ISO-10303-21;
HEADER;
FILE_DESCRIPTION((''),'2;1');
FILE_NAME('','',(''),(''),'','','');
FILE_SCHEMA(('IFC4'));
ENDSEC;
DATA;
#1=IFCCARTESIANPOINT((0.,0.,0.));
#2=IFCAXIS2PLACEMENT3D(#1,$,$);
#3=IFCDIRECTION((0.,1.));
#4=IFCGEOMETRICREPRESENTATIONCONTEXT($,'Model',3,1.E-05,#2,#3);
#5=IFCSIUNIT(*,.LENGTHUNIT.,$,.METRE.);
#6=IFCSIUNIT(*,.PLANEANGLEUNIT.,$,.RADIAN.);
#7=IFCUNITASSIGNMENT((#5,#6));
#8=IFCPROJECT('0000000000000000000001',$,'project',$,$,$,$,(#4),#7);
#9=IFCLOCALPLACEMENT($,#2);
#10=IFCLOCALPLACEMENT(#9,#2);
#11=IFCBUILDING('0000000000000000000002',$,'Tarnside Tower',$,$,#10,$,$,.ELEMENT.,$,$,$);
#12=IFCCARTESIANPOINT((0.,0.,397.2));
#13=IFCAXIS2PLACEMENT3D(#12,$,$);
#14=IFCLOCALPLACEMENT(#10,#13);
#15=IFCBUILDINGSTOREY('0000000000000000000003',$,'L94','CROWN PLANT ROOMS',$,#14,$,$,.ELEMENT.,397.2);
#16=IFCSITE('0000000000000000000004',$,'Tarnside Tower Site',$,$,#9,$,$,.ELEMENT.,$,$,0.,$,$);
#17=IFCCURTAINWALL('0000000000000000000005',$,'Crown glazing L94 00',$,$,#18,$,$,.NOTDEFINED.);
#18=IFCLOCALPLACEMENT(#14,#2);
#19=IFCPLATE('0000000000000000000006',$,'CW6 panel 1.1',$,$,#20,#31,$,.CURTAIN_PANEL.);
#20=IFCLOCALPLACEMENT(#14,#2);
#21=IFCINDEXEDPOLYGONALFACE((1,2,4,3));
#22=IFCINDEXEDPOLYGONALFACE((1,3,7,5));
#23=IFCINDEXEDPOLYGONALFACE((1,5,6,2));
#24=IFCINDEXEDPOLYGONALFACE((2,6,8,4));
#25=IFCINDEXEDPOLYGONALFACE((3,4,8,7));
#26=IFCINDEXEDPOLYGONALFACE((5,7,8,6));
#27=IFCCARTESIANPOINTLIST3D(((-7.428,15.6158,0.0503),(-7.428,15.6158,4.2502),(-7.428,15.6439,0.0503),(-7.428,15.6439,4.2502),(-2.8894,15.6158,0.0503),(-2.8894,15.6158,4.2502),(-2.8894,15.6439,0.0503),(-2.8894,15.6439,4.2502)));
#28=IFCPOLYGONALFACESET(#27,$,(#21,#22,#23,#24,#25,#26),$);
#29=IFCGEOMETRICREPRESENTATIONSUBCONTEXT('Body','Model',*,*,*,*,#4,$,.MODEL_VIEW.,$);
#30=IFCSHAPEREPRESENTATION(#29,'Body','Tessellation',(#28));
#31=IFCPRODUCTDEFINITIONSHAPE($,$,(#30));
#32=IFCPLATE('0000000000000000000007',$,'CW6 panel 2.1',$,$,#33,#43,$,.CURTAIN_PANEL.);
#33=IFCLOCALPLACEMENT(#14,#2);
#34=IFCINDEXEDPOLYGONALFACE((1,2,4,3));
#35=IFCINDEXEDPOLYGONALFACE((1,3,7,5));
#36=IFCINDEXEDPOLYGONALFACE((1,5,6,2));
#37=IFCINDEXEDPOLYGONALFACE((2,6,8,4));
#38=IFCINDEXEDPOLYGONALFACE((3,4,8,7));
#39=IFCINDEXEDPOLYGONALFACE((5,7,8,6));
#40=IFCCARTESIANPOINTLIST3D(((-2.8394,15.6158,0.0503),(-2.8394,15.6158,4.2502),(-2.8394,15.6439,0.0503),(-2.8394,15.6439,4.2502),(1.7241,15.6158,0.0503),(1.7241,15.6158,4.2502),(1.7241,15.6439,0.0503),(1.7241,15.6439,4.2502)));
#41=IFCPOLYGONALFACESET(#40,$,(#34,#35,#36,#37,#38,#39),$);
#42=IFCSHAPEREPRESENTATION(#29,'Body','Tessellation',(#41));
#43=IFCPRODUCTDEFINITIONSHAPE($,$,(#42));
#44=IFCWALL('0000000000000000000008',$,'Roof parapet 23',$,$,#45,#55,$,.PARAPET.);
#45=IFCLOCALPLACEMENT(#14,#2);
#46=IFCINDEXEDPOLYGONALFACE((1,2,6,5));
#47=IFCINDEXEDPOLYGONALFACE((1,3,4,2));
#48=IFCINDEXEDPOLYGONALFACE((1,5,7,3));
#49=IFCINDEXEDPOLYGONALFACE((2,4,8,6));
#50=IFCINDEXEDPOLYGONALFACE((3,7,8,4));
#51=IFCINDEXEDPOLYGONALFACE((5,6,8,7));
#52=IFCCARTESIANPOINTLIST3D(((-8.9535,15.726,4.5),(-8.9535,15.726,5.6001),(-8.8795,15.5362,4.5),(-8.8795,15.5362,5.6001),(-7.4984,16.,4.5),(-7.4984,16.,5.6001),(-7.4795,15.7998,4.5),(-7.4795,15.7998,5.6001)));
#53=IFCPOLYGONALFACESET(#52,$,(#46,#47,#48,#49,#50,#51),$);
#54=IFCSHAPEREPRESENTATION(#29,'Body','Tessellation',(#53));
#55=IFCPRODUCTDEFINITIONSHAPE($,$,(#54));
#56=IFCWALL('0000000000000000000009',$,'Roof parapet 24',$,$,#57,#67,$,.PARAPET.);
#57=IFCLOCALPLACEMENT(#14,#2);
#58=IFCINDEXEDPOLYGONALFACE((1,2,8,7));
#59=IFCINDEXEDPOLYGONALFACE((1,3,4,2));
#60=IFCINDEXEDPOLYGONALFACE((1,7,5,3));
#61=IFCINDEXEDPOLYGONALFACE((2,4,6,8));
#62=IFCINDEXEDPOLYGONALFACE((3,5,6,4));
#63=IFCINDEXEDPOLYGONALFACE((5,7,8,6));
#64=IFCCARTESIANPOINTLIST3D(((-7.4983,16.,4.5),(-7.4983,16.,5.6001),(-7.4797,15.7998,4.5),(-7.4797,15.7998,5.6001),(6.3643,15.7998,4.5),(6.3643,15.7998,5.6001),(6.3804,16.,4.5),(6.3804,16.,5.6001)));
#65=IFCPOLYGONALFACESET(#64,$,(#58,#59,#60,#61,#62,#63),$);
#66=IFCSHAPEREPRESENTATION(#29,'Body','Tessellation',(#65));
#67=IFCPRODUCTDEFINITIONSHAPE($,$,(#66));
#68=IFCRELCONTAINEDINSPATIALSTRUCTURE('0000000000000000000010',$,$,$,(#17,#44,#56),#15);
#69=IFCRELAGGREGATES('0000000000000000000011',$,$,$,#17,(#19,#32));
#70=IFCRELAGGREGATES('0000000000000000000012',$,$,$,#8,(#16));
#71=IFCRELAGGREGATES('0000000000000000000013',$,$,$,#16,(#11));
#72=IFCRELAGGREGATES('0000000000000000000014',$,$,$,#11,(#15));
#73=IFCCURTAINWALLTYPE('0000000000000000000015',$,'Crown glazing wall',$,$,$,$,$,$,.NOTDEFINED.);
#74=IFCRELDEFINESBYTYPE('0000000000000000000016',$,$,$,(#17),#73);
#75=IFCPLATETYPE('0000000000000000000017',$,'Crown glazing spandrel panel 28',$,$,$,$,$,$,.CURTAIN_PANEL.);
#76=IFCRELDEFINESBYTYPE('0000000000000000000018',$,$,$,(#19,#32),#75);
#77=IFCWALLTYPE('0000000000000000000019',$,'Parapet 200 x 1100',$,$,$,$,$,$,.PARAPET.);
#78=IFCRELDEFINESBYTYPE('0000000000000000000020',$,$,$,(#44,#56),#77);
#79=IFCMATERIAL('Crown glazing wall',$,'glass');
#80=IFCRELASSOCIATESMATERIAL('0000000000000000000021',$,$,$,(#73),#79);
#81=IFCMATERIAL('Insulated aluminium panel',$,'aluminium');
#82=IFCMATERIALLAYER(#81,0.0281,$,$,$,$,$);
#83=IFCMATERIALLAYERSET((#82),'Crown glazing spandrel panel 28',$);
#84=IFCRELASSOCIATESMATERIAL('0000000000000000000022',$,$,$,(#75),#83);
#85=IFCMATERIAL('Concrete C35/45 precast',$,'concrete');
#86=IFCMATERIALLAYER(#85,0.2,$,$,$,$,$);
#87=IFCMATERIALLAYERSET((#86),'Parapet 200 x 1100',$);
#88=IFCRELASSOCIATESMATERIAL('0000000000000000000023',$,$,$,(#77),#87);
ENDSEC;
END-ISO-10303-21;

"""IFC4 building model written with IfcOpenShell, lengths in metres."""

from ifc_helpers import new_model, si_unit, direction, frame, origin, origin_2d, place, context, subcontext, project, spatial, polyline, rectangle, outline, extrude, material, layer, layer_set, type_object, element, aggregate, save


model = new_model("IFC4")

# Units and contexts
model_context = context("Model", 3, precision=1e-05, world=origin(), true_north=direction((0.0, 1.0)))
body_context = subcontext(model_context, "Body", "Model", "MODEL_VIEW")
ifc_project = project(units=[si_unit("LENGTHUNIT", "METRE"), si_unit("PLANEANGLEUNIT", "RADIAN")], contexts=[model_context])

# Site, building, storey
site_placement = place(None, origin())
site = spatial("IfcSite", under=ifc_project, at=site_placement, Name="Tarnside Tower Site", CompositionType="ELEMENT", RefElevation=0.0)
building_placement = place(site_placement, origin())
building = spatial("IfcBuilding", under=site, at=building_placement, Name="Tarnside Tower", CompositionType="ELEMENT")
storey_placement = place(building_placement, frame((0.0, 0.0, 397.2)))
storey = spatial("IfcBuildingStorey", under=building, at=storey_placement, Name="L94", Description="CROWN PLANT ROOMS", CompositionType="ELEMENT", Elevation=397.2)

# Curtain wall
ifc_material_1 = material(Name="Crown glazing wall", Category="glass")
curtain_wall_type = type_object("IfcCurtainWallType", Name="Crown glazing wall", PredefinedType="NOTDEFINED", material=ifc_material_1)
curtain_wall_1_placement = place(storey_placement, origin())
curtain_wall_1 = element("IfcCurtainWall", 1, at=curtain_wall_1_placement, inside=storey, type_object=curtain_wall_type, Name="Crown glazing L94 00", PredefinedType="NOTDEFINED")

# Plates
ifc_material_2 = material(Name="Insulated aluminium panel", Category="aluminium")
ifc_layer_1 = layer(ifc_material_2, 0.0281)
ifc_layer_set_1 = layer_set([ifc_layer_1], Name="Crown glazing spandrel panel 28")
plate_type_1 = type_object("IfcPlateType", Name="Crown glazing spandrel panel 28", PredefinedType="CURTAIN_PANEL", material=ifc_layer_set_1)
plate_1_placement = place(storey_placement, frame((-5.1587, 15.6299, 0.0503), z_axis=(0.0, 0.0, 1.0), x_axis=(1.0, 0.0, 0.0)))
plate_1 = element("IfcPlate", 2, at=plate_1_placement, type_object=plate_type_1, Name="CW6 panel 1.1", PredefinedType="CURTAIN_PANEL", context=body_context, shape_type="SweptSolid", body=[
    extrude(rectangle(XDim=4.5386, YDim=0.0281, at=origin_2d()), origin(), (0.0, 0.0, 1.0), 4.2),
])
plate_2_placement = place(storey_placement, frame((-0.5576, 15.6299, 0.0503), z_axis=(0.0, 0.0, 1.0), x_axis=(1.0, 0.0, 0.0)))
plate_2 = element("IfcPlate", 3, at=plate_2_placement, type_object=plate_type_1, Name="CW6 panel 2.1", PredefinedType="CURTAIN_PANEL", context=body_context, shape_type="SweptSolid", body=[
    extrude(rectangle(XDim=4.5635, YDim=0.0281, at=origin_2d()), origin(), (0.0, 0.0, 1.0), 4.2),
])
aggregate(curtain_wall_1, [plate_1, plate_2])

# Walls
ifc_material_3 = material(Name="Concrete C35/45 precast", Category="concrete")
ifc_layer_2 = layer(ifc_material_3, 0.2)
ifc_layer_set_2 = layer_set([ifc_layer_2], Name="Parapet 200 x 1100")
wall_type = type_object("IfcWallType", Name="Parapet 200 x 1100", PredefinedType="PARAPET", material=ifc_layer_set_2)
wall_1_placement = place(storey_placement, frame((-8.9165, 15.6311, 4.5), z_axis=(0.0, 0.0, 1.0), x_axis=(0.982729, 0.18505, 0.0)))
element("IfcWall", 4, at=wall_1_placement, inside=storey, type_object=wall_type, Name="Roof parapet 23", PredefinedType="PARAPET", context=body_context, shape_type="SweptSolid", body=[
    extrude(outline(polyline([(0.0188, -0.1001), (1.4434, -0.1001), (1.4619, 0.1001), (-0.0188, 0.1001), (0.0188, -0.1001)])), origin(), (0.0, 0.0, 1.0), 1.1001),
])
wall_2_placement = place(storey_placement, frame((-7.489, 15.8999, 4.5), z_axis=(0.0, 0.0, 1.0), x_axis=(1.0, 0.0, 0.0)))
element("IfcWall", 5, at=wall_2_placement, inside=storey, type_object=wall_type, Name="Roof parapet 24", PredefinedType="PARAPET", context=body_context, shape_type="SweptSolid", body=[
    extrude(outline(polyline([(0.0093, -0.1001), (13.8533, -0.1001), (13.8694, 0.1001), (-0.0093, 0.1001), (0.0093, -0.1001)])), origin(), (0.0, 0.0, 1.0), 1.1001),
])

save(model, "model.ifc")
